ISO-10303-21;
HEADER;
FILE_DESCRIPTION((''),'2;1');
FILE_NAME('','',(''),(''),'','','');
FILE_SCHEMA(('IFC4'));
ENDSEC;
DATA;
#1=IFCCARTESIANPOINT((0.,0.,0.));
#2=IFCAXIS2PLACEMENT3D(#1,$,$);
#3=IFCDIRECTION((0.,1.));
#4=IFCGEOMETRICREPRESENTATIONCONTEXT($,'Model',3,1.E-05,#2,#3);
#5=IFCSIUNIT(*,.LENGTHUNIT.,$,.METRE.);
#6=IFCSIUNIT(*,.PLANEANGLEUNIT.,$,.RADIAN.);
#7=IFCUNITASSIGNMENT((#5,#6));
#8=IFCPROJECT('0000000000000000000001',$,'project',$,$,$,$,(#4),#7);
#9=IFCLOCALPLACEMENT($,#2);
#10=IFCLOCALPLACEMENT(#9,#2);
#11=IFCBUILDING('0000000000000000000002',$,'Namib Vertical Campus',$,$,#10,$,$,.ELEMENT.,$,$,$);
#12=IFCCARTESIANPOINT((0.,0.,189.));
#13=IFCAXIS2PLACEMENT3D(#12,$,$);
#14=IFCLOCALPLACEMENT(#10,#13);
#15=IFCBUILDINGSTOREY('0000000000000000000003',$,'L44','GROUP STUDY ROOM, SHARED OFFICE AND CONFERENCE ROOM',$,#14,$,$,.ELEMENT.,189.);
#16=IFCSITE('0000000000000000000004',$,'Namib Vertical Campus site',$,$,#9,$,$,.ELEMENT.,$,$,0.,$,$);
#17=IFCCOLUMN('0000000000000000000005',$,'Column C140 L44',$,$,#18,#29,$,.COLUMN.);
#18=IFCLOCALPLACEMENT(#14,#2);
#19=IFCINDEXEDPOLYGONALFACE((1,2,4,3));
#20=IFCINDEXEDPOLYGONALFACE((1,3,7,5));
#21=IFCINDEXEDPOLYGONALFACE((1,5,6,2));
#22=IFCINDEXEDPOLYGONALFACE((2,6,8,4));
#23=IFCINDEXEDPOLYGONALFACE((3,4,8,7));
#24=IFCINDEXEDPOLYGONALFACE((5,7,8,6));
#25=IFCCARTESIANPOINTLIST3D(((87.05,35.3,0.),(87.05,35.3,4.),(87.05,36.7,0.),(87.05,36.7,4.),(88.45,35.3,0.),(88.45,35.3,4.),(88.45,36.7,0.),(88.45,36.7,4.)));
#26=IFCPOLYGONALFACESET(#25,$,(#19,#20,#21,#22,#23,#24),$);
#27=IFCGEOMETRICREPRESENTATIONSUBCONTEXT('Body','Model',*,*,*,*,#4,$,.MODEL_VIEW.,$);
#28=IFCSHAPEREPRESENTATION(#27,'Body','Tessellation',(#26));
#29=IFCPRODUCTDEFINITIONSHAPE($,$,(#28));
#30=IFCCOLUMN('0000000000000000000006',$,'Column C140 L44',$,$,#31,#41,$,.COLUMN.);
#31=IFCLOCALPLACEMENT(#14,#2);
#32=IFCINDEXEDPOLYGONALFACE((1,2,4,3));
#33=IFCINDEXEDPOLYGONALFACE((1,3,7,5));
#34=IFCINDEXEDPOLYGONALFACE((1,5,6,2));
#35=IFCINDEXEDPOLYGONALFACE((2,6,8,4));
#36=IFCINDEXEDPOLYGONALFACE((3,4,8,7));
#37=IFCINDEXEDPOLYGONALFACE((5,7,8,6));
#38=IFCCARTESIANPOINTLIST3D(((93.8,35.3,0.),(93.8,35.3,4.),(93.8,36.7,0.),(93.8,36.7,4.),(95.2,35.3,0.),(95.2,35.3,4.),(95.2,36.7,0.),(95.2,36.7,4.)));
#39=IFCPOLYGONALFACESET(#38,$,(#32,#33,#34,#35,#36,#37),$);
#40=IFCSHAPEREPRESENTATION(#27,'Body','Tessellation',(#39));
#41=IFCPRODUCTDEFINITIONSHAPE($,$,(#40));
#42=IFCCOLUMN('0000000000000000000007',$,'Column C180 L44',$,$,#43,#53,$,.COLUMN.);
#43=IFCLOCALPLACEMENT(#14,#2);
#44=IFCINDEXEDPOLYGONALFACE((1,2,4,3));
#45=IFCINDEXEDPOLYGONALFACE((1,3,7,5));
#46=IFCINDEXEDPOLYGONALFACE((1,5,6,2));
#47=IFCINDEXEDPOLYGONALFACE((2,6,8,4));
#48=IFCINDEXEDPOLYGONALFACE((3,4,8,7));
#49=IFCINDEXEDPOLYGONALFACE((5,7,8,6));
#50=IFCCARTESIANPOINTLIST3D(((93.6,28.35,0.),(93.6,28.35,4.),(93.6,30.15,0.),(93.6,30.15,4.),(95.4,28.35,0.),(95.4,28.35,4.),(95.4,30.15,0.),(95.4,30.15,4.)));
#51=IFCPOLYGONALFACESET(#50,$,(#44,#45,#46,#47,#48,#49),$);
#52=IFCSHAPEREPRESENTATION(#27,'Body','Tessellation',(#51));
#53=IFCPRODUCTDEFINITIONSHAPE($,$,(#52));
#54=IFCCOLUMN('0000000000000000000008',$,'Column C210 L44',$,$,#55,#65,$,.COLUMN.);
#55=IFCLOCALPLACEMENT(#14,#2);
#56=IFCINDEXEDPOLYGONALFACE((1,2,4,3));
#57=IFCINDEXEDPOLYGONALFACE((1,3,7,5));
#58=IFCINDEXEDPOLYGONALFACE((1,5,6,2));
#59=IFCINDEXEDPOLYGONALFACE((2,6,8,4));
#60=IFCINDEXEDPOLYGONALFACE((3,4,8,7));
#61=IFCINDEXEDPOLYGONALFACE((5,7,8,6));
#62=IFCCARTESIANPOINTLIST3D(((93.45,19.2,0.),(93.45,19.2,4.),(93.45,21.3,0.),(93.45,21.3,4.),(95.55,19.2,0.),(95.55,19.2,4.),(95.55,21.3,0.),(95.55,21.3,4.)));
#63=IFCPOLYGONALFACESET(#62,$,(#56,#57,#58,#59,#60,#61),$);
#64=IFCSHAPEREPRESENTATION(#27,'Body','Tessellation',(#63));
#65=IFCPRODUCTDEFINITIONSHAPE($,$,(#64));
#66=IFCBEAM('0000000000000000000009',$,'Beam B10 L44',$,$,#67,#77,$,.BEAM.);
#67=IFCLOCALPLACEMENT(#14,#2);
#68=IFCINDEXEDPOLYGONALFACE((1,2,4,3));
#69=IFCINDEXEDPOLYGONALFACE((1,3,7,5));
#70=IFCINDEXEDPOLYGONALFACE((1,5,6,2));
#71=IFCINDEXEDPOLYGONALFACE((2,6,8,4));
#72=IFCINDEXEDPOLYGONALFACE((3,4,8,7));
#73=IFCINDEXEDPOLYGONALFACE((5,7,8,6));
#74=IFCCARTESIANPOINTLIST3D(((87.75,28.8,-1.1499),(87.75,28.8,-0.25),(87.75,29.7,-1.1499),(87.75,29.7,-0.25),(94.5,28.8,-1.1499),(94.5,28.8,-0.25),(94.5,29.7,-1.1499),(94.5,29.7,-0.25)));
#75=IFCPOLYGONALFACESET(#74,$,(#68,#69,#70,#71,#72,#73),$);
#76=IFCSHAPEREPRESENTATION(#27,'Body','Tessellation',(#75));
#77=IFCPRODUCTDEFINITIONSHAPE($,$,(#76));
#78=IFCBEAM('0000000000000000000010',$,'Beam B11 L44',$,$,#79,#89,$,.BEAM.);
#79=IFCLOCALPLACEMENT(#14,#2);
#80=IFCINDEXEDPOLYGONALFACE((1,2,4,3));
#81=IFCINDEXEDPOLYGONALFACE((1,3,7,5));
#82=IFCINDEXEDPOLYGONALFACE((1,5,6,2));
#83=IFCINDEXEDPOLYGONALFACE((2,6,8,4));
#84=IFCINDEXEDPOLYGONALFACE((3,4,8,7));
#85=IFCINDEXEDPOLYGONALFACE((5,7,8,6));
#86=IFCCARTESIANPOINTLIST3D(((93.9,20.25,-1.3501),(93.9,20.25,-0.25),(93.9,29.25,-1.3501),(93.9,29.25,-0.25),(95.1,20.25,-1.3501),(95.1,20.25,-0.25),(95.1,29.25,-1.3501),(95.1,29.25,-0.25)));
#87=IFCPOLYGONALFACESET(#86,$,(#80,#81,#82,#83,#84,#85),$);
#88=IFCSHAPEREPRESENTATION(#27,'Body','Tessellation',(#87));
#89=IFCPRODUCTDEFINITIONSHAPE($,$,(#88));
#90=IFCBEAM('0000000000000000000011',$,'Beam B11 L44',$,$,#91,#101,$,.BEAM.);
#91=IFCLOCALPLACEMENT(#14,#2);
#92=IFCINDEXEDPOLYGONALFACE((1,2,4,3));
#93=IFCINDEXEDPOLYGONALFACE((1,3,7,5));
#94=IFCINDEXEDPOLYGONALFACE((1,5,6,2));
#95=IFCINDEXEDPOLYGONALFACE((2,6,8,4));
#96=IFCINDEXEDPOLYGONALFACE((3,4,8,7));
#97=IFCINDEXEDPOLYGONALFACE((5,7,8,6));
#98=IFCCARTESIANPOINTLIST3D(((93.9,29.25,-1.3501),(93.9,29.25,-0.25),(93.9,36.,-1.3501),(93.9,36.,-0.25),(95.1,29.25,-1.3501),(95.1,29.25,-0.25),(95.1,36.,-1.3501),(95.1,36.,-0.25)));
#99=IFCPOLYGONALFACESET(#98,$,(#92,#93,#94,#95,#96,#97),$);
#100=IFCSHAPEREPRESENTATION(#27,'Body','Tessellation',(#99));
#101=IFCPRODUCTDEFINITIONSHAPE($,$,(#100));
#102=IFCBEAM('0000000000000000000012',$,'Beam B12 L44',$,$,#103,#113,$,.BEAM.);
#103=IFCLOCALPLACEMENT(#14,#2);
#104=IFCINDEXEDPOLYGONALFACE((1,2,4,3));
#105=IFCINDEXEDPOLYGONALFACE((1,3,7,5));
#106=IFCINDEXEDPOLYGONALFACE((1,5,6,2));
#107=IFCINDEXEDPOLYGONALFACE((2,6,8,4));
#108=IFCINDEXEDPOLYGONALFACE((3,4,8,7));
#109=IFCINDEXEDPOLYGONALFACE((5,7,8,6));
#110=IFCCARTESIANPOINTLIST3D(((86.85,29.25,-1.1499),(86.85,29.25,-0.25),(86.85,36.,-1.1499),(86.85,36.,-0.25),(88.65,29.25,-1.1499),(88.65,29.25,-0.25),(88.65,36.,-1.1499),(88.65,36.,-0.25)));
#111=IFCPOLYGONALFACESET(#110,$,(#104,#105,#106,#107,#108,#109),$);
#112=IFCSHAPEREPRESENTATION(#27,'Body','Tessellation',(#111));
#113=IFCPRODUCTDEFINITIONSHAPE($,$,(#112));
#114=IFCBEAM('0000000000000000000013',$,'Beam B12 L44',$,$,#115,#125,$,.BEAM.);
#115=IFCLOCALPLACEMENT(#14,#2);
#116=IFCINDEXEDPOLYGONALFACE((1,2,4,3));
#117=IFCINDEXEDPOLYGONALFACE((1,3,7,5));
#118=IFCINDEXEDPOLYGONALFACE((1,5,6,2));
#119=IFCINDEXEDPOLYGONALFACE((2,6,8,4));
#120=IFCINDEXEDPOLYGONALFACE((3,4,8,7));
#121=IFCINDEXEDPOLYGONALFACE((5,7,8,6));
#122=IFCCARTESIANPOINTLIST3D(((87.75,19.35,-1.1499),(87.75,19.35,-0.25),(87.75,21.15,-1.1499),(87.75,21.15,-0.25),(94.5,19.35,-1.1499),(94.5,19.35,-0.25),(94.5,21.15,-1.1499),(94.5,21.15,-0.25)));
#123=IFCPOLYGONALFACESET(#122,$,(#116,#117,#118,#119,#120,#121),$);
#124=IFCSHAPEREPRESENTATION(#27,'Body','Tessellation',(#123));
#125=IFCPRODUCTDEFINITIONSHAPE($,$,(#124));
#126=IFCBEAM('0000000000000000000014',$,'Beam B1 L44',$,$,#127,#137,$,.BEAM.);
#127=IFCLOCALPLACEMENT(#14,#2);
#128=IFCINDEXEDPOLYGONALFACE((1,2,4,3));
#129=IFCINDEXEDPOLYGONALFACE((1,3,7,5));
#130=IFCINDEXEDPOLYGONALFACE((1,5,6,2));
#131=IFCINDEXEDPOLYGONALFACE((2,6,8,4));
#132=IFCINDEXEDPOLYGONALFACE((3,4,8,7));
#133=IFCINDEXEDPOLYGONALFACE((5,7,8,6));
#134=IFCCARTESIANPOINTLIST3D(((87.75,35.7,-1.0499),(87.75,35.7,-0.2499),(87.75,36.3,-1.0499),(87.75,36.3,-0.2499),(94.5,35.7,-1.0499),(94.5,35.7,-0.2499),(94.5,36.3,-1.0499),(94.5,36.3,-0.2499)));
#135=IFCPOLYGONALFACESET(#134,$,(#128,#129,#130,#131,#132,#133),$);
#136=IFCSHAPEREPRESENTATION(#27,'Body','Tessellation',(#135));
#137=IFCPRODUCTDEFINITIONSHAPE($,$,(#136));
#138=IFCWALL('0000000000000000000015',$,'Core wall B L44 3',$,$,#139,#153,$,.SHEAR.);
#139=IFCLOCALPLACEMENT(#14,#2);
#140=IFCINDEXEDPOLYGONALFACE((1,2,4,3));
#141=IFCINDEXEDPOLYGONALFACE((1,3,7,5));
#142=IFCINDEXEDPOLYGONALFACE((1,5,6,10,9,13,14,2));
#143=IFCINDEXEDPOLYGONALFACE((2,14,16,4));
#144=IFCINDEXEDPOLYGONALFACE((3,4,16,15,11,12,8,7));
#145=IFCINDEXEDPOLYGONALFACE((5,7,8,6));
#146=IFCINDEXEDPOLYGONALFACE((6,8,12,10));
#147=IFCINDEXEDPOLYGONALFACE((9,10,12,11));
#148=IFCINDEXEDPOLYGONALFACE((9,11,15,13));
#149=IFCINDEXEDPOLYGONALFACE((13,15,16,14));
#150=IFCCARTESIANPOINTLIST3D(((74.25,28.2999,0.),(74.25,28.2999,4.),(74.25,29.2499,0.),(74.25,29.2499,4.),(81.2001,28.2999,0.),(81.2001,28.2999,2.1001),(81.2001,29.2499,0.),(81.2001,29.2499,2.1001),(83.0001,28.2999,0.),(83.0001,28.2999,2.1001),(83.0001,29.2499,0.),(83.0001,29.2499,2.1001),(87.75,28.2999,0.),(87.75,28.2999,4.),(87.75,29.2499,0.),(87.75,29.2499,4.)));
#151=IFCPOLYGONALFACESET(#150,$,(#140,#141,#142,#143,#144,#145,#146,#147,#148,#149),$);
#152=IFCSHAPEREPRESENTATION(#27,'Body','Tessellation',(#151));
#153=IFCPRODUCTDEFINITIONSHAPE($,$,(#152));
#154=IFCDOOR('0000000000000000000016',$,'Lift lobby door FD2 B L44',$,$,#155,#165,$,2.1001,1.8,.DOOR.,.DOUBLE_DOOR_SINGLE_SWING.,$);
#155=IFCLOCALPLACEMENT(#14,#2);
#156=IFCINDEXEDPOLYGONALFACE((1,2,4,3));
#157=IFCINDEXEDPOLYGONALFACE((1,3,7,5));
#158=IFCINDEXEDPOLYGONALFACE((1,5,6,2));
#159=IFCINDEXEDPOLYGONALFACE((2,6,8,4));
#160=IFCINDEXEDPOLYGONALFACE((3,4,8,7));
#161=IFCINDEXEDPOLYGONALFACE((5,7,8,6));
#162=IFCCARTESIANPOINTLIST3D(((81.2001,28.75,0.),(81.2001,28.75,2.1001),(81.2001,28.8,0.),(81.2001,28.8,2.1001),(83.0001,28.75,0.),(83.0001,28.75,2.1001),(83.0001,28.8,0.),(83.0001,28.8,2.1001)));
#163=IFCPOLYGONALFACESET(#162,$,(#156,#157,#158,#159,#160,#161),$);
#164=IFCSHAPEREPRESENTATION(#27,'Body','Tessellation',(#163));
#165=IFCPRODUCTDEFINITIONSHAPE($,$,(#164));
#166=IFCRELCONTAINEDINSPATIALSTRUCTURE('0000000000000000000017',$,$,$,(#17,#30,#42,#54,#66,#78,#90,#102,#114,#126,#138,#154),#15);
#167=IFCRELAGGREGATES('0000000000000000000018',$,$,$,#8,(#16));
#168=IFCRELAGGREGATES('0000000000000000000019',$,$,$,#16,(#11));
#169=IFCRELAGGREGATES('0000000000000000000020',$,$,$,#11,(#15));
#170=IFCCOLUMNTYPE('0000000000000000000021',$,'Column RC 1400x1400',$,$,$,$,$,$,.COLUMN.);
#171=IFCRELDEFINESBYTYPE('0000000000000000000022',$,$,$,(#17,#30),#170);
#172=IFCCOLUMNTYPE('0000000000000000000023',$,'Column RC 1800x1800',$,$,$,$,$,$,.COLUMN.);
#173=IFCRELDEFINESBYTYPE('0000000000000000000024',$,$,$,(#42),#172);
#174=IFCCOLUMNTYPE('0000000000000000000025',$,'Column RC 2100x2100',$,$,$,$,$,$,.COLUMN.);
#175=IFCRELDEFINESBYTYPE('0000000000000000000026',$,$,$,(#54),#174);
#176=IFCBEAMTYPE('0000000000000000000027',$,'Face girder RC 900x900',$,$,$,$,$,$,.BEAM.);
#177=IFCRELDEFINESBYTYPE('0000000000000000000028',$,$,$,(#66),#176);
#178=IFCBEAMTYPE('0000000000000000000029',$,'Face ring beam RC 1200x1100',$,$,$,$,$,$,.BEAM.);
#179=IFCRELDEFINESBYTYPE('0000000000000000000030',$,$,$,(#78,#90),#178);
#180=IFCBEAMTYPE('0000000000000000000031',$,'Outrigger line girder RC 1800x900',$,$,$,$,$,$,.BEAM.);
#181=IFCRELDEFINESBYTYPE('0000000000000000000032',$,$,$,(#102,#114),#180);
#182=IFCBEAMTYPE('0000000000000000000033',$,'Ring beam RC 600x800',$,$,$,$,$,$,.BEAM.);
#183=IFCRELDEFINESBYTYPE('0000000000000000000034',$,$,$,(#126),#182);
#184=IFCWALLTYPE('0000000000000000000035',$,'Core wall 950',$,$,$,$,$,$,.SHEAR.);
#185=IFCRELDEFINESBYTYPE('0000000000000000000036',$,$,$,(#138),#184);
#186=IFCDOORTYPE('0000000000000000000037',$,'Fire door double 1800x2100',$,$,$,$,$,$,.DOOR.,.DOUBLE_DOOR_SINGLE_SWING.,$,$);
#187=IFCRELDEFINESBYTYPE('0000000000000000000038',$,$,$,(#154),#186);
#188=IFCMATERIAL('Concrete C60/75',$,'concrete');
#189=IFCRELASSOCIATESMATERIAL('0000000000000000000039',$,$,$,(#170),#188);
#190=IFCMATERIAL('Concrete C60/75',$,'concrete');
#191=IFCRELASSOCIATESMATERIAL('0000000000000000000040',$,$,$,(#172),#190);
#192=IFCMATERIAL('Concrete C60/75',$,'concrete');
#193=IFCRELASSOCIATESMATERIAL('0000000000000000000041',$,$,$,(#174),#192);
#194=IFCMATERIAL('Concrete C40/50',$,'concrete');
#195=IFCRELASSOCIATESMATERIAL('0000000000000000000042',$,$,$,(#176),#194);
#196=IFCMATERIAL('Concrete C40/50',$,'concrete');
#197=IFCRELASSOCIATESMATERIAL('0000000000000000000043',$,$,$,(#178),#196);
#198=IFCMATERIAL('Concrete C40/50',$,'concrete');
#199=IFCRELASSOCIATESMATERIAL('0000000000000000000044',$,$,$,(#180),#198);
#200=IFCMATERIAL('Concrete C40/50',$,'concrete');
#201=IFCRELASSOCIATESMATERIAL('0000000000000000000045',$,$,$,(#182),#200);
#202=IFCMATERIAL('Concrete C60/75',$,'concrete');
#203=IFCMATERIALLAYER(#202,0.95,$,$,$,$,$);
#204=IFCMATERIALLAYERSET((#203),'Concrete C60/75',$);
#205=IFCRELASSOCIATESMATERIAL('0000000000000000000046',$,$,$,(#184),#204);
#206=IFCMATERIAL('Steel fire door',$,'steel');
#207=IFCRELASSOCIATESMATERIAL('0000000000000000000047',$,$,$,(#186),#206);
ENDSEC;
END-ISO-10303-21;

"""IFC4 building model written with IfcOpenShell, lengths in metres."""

from ifc_helpers import new_model, si_unit, direction, frame, frame_2d, origin, origin_2d, place, context, subcontext, project, spatial, rectangle, extrude, material, layer, layer_set, material_profile, profile_set, type_object, element, fill, save


model = new_model("IFC4")

# Units and contexts
model_context = context("Model", 3, precision=1e-05, world=origin(), true_north=direction((0.0, 1.0)))
body_context = subcontext(model_context, "Body", "Model", "MODEL_VIEW")
ifc_project = project(units=[si_unit("LENGTHUNIT", "METRE"), si_unit("PLANEANGLEUNIT", "RADIAN")], contexts=[model_context])

# Site, building, storey
site_placement = place(None, origin())
site = spatial("IfcSite", under=ifc_project, at=site_placement, Name="Namib Vertical Campus site", CompositionType="ELEMENT", RefElevation=0.0)
building_placement = place(site_placement, origin())
building = spatial("IfcBuilding", under=site, at=building_placement, Name="Namib Vertical Campus", CompositionType="ELEMENT")
storey_placement = place(building_placement, frame((0.0, 0.0, 189.0)))
storey = spatial("IfcBuildingStorey", under=building, at=storey_placement, Name="L44", Description="GROUP STUDY ROOM, SHARED OFFICE AND CONFERENCE ROOM", CompositionType="ELEMENT", Elevation=189.0)

# Columns
ifc_material_1 = material(Name="Concrete C60/75", Category="concrete")
ifc_material_profile_1 = material_profile(ifc_material_1, rectangle(XDim=1.3999, YDim=1.3999, at=origin_2d()))
ifc_profile_set_1 = profile_set([ifc_material_profile_1], Name="Concrete C60/75")
column_type_1 = type_object("IfcColumnType", Name="Column RC 1400x1400", PredefinedType="COLUMN", material=ifc_profile_set_1)
for number, where, z_axis, x_axis, name in (
    (1, (87.75, 36.0, 0.0), (0.0, 0.0, 1.0), (1.0, 0.0, 0.0), "Column C140 L44"),
    (2, (94.5, 36.0, 0.0), (0.0, 0.0, 1.0), (1.0, 0.0, 0.0), "Column C140 L44"),
):
    element("IfcColumn", number, at=place(storey_placement, frame(where, z_axis=z_axis, x_axis=x_axis)), inside=storey, type_object=column_type_1, Name=name, PredefinedType="COLUMN", context=body_context, shape_type="SweptSolid", body=[
        extrude(rectangle(XDim=1.3999, YDim=1.3999, at=origin_2d()), origin(), (0.0, 0.0, 1.0), 4.0),
    ])
ifc_material_2 = material(Name="Concrete C60/75", Category="concrete")
ifc_material_profile_2 = material_profile(ifc_material_2, rectangle(XDim=1.8, YDim=1.8, at=origin_2d()))
ifc_profile_set_2 = profile_set([ifc_material_profile_2], Name="Concrete C60/75")
column_type_2 = type_object("IfcColumnType", Name="Column RC 1800x1800", PredefinedType="COLUMN", material=ifc_profile_set_2)
column_1_placement = place(storey_placement, frame((94.5, 29.25, 0.0), z_axis=(0.0, 0.0, 1.0), x_axis=(1.0, 0.0, 0.0)))
element("IfcColumn", 3, at=column_1_placement, inside=storey, type_object=column_type_2, Name="Column C180 L44", PredefinedType="COLUMN", context=body_context, shape_type="SweptSolid", body=[
    extrude(rectangle(XDim=1.8, YDim=1.8, at=origin_2d()), origin(), (0.0, 0.0, 1.0), 4.0),
])
ifc_material_3 = material(Name="Concrete C60/75", Category="concrete")
ifc_material_profile_3 = material_profile(ifc_material_3, rectangle(XDim=2.1001, YDim=2.1001, at=origin_2d()))
ifc_profile_set_3 = profile_set([ifc_material_profile_3], Name="Concrete C60/75")
column_type_3 = type_object("IfcColumnType", Name="Column RC 2100x2100", PredefinedType="COLUMN", material=ifc_profile_set_3)
column_2_placement = place(storey_placement, frame((94.5, 20.25, 0.0), z_axis=(0.0, 0.0, 1.0), x_axis=(1.0, 0.0, 0.0)))
element("IfcColumn", 4, at=column_2_placement, inside=storey, type_object=column_type_3, Name="Column C210 L44", PredefinedType="COLUMN", context=body_context, shape_type="SweptSolid", body=[
    extrude(rectangle(XDim=2.1001, YDim=2.1001, at=origin_2d()), origin(), (0.0, 0.0, 1.0), 4.0),
])

# Beams
ifc_material_4 = material(Name="Concrete C40/50", Category="concrete")
ifc_material_profile_4 = material_profile(ifc_material_4, rectangle(XDim=0.8999, YDim=0.8999, at=origin_2d()))
ifc_profile_set_4 = profile_set([ifc_material_profile_4], Name="Concrete C40/50")
beam_type_1 = type_object("IfcBeamType", Name="Face girder RC 900x900", PredefinedType="BEAM", material=ifc_profile_set_4)
beam_1_placement = place(storey_placement, frame((94.5, 29.25, -0.7), z_axis=(-1.0, 0.0, 0.0), x_axis=(0.0, -1.0, 0.0)))
element("IfcBeam", 5, at=beam_1_placement, inside=storey, type_object=beam_type_1, Name="Beam B10 L44", PredefinedType="BEAM", context=body_context, shape_type="SweptSolid", body=[
    extrude(rectangle(XDim=0.8999, YDim=0.8999, at=origin_2d()), origin(), (0.0, 0.0, 1.0), 6.75),
])
ifc_material_5 = material(Name="Concrete C40/50", Category="concrete")
ifc_material_profile_5 = material_profile(ifc_material_5, rectangle(XDim=1.2, YDim=1.1001, at=origin_2d()))
ifc_profile_set_5 = profile_set([ifc_material_profile_5], Name="Concrete C40/50")
beam_type_2 = type_object("IfcBeamType", Name="Face ring beam RC 1200x1100", PredefinedType="BEAM", material=ifc_profile_set_5)
beam_2_placement = place(storey_placement, frame((94.5, 20.25, -0.8), z_axis=(0.0, 1.0, 0.0), x_axis=(-1.0, 0.0, 0.0)))
element("IfcBeam", 6, at=beam_2_placement, inside=storey, type_object=beam_type_2, Name="Beam B11 L44", PredefinedType="BEAM", context=body_context, shape_type="SweptSolid", body=[
    extrude(rectangle(XDim=1.2, YDim=1.1001, at=origin_2d()), origin(), (0.0, 0.0, 1.0), 9.0),
])
beam_3_placement = place(storey_placement, frame((94.5, 29.25, -0.8), z_axis=(0.0, 1.0, 0.0), x_axis=(-1.0, 0.0, 0.0)))
element("IfcBeam", 7, at=beam_3_placement, inside=storey, type_object=beam_type_2, Name="Beam B11 L44", PredefinedType="BEAM", context=body_context, shape_type="SweptSolid", body=[
    extrude(rectangle(XDim=1.2, YDim=1.1001, at=origin_2d()), origin(), (0.0, 0.0, 1.0), 6.75),
])
ifc_material_6 = material(Name="Concrete C40/50", Category="concrete")
ifc_material_profile_6 = material_profile(ifc_material_6, rectangle(XDim=1.8, YDim=0.8999, at=origin_2d()))
ifc_profile_set_6 = profile_set([ifc_material_profile_6], Name="Concrete C40/50")
beam_type_3 = type_object("IfcBeamType", Name="Outrigger line girder RC 1800x900", PredefinedType="BEAM", material=ifc_profile_set_6)
for number, where, z_axis, x_axis, name in (
    (8, (87.75, 36.0, -0.7), (0.0, -1.0, 0.0), (1.0, 0.0, 0.0), "Beam B12 L44"),
    (9, (94.5, 20.25, -0.7), (-1.0, 0.0, 0.0), (0.0, -1.0, 0.0), "Beam B12 L44"),
):
    element("IfcBeam", number, at=place(storey_placement, frame(where, z_axis=z_axis, x_axis=x_axis)), inside=storey, type_object=beam_type_3, Name=name, PredefinedType="BEAM", context=body_context, shape_type="SweptSolid", body=[
        extrude(rectangle(XDim=1.8, YDim=0.8999, at=origin_2d()), origin(), (0.0, 0.0, 1.0), 6.75),
    ])
ifc_material_7 = material(Name="Concrete C40/50", Category="concrete")
ifc_material_profile_7 = material_profile(ifc_material_7, rectangle(XDim=0.6001, YDim=0.8, at=origin_2d()))
ifc_profile_set_7 = profile_set([ifc_material_profile_7], Name="Concrete C40/50")
beam_type_4 = type_object("IfcBeamType", Name="Ring beam RC 600x800", PredefinedType="BEAM", material=ifc_profile_set_7)
beam_4_placement = place(storey_placement, frame((87.75, 36.0, -0.6499), z_axis=(1.0, 0.0, 0.0), x_axis=(0.0, 1.0, 0.0)))
element("IfcBeam", 10, at=beam_4_placement, inside=storey, type_object=beam_type_4, Name="Beam B1 L44", PredefinedType="BEAM", context=body_context, shape_type="SweptSolid", body=[
    extrude(rectangle(XDim=0.6001, YDim=0.8, at=origin_2d()), origin(), (0.0, 0.0, 1.0), 6.75),
])

# Wall, opening, door
ifc_material_8 = material(Name="Concrete C60/75", Category="concrete")
ifc_layer_1 = layer(ifc_material_8, 0.95)
ifc_layer_set_1 = layer_set([ifc_layer_1], Name="Concrete C60/75")
wall_type_1 = type_object("IfcWallType", Name="Core wall 950", PredefinedType="SHEAR", material=ifc_layer_set_1)
wall_1_placement = place(storey_placement, frame((87.75, 28.7749, 0.0), z_axis=(0.0, 0.0, 1.0), x_axis=(-1.0, 0.0, 0.0)))
wall_1 = element("IfcWall", 11, at=wall_1_placement, inside=storey, type_object=wall_type_1, Name="Core wall B L44 3", PredefinedType="SHEAR", context=body_context, shape_type="SweptSolid", body=[
    extrude(rectangle(XDim=13.5, YDim=0.95, at=frame_2d((6.75, 0.0))), origin(), (0.0, 0.0, 1.0), 4.0),
])
opening_1_placement = place(wall_1_placement, frame((4.75, 0.0, 0.0)))
opening_1 = element("IfcOpeningElement", 12, at=opening_1_placement, cuts=wall_1, PredefinedType="OPENING", context=body_context, shape_type="SweptSolid", body=[
    extrude(rectangle(XDim=1.8, YDim=2.1001, at=frame_2d((0.8999, 1.05))), frame((0.0, 0.4849, 0.0), z_axis=(0.0, -1.0, 0.0), x_axis=(1.0, 0.0, 0.0)), (0.0, 0.0, 1.0), 0.97),
])
ifc_material_9 = material(Name="Steel fire door", Category="steel")
door_type_1 = type_object("IfcDoorType", Name="Fire door double 1800x2100", OperationType="DOUBLE_DOOR_SINGLE_SWING", PredefinedType="DOOR", material=ifc_material_9)
door_1_placement = place(opening_1_placement, origin())
door_1 = element("IfcDoor", 13, at=door_1_placement, inside=storey, type_object=door_type_1, Name="Lift lobby door FD2 B L44", OperationType="DOUBLE_DOOR_SINGLE_SWING", OverallHeight=2.1001, OverallWidth=1.8, PredefinedType="DOOR", context=body_context, shape_type="SweptSolid", body=[
    extrude(rectangle(XDim=1.8, YDim=2.1001, at=frame_2d((0.8999, 1.05))), frame((0.0, 0.0249, 0.0), z_axis=(0.0, -1.0, 0.0), x_axis=(1.0, 0.0, 0.0)), (0.0, 0.0, 1.0), 0.05),
])
fill(opening_1, door_1)

save(model, "model.ifc")
